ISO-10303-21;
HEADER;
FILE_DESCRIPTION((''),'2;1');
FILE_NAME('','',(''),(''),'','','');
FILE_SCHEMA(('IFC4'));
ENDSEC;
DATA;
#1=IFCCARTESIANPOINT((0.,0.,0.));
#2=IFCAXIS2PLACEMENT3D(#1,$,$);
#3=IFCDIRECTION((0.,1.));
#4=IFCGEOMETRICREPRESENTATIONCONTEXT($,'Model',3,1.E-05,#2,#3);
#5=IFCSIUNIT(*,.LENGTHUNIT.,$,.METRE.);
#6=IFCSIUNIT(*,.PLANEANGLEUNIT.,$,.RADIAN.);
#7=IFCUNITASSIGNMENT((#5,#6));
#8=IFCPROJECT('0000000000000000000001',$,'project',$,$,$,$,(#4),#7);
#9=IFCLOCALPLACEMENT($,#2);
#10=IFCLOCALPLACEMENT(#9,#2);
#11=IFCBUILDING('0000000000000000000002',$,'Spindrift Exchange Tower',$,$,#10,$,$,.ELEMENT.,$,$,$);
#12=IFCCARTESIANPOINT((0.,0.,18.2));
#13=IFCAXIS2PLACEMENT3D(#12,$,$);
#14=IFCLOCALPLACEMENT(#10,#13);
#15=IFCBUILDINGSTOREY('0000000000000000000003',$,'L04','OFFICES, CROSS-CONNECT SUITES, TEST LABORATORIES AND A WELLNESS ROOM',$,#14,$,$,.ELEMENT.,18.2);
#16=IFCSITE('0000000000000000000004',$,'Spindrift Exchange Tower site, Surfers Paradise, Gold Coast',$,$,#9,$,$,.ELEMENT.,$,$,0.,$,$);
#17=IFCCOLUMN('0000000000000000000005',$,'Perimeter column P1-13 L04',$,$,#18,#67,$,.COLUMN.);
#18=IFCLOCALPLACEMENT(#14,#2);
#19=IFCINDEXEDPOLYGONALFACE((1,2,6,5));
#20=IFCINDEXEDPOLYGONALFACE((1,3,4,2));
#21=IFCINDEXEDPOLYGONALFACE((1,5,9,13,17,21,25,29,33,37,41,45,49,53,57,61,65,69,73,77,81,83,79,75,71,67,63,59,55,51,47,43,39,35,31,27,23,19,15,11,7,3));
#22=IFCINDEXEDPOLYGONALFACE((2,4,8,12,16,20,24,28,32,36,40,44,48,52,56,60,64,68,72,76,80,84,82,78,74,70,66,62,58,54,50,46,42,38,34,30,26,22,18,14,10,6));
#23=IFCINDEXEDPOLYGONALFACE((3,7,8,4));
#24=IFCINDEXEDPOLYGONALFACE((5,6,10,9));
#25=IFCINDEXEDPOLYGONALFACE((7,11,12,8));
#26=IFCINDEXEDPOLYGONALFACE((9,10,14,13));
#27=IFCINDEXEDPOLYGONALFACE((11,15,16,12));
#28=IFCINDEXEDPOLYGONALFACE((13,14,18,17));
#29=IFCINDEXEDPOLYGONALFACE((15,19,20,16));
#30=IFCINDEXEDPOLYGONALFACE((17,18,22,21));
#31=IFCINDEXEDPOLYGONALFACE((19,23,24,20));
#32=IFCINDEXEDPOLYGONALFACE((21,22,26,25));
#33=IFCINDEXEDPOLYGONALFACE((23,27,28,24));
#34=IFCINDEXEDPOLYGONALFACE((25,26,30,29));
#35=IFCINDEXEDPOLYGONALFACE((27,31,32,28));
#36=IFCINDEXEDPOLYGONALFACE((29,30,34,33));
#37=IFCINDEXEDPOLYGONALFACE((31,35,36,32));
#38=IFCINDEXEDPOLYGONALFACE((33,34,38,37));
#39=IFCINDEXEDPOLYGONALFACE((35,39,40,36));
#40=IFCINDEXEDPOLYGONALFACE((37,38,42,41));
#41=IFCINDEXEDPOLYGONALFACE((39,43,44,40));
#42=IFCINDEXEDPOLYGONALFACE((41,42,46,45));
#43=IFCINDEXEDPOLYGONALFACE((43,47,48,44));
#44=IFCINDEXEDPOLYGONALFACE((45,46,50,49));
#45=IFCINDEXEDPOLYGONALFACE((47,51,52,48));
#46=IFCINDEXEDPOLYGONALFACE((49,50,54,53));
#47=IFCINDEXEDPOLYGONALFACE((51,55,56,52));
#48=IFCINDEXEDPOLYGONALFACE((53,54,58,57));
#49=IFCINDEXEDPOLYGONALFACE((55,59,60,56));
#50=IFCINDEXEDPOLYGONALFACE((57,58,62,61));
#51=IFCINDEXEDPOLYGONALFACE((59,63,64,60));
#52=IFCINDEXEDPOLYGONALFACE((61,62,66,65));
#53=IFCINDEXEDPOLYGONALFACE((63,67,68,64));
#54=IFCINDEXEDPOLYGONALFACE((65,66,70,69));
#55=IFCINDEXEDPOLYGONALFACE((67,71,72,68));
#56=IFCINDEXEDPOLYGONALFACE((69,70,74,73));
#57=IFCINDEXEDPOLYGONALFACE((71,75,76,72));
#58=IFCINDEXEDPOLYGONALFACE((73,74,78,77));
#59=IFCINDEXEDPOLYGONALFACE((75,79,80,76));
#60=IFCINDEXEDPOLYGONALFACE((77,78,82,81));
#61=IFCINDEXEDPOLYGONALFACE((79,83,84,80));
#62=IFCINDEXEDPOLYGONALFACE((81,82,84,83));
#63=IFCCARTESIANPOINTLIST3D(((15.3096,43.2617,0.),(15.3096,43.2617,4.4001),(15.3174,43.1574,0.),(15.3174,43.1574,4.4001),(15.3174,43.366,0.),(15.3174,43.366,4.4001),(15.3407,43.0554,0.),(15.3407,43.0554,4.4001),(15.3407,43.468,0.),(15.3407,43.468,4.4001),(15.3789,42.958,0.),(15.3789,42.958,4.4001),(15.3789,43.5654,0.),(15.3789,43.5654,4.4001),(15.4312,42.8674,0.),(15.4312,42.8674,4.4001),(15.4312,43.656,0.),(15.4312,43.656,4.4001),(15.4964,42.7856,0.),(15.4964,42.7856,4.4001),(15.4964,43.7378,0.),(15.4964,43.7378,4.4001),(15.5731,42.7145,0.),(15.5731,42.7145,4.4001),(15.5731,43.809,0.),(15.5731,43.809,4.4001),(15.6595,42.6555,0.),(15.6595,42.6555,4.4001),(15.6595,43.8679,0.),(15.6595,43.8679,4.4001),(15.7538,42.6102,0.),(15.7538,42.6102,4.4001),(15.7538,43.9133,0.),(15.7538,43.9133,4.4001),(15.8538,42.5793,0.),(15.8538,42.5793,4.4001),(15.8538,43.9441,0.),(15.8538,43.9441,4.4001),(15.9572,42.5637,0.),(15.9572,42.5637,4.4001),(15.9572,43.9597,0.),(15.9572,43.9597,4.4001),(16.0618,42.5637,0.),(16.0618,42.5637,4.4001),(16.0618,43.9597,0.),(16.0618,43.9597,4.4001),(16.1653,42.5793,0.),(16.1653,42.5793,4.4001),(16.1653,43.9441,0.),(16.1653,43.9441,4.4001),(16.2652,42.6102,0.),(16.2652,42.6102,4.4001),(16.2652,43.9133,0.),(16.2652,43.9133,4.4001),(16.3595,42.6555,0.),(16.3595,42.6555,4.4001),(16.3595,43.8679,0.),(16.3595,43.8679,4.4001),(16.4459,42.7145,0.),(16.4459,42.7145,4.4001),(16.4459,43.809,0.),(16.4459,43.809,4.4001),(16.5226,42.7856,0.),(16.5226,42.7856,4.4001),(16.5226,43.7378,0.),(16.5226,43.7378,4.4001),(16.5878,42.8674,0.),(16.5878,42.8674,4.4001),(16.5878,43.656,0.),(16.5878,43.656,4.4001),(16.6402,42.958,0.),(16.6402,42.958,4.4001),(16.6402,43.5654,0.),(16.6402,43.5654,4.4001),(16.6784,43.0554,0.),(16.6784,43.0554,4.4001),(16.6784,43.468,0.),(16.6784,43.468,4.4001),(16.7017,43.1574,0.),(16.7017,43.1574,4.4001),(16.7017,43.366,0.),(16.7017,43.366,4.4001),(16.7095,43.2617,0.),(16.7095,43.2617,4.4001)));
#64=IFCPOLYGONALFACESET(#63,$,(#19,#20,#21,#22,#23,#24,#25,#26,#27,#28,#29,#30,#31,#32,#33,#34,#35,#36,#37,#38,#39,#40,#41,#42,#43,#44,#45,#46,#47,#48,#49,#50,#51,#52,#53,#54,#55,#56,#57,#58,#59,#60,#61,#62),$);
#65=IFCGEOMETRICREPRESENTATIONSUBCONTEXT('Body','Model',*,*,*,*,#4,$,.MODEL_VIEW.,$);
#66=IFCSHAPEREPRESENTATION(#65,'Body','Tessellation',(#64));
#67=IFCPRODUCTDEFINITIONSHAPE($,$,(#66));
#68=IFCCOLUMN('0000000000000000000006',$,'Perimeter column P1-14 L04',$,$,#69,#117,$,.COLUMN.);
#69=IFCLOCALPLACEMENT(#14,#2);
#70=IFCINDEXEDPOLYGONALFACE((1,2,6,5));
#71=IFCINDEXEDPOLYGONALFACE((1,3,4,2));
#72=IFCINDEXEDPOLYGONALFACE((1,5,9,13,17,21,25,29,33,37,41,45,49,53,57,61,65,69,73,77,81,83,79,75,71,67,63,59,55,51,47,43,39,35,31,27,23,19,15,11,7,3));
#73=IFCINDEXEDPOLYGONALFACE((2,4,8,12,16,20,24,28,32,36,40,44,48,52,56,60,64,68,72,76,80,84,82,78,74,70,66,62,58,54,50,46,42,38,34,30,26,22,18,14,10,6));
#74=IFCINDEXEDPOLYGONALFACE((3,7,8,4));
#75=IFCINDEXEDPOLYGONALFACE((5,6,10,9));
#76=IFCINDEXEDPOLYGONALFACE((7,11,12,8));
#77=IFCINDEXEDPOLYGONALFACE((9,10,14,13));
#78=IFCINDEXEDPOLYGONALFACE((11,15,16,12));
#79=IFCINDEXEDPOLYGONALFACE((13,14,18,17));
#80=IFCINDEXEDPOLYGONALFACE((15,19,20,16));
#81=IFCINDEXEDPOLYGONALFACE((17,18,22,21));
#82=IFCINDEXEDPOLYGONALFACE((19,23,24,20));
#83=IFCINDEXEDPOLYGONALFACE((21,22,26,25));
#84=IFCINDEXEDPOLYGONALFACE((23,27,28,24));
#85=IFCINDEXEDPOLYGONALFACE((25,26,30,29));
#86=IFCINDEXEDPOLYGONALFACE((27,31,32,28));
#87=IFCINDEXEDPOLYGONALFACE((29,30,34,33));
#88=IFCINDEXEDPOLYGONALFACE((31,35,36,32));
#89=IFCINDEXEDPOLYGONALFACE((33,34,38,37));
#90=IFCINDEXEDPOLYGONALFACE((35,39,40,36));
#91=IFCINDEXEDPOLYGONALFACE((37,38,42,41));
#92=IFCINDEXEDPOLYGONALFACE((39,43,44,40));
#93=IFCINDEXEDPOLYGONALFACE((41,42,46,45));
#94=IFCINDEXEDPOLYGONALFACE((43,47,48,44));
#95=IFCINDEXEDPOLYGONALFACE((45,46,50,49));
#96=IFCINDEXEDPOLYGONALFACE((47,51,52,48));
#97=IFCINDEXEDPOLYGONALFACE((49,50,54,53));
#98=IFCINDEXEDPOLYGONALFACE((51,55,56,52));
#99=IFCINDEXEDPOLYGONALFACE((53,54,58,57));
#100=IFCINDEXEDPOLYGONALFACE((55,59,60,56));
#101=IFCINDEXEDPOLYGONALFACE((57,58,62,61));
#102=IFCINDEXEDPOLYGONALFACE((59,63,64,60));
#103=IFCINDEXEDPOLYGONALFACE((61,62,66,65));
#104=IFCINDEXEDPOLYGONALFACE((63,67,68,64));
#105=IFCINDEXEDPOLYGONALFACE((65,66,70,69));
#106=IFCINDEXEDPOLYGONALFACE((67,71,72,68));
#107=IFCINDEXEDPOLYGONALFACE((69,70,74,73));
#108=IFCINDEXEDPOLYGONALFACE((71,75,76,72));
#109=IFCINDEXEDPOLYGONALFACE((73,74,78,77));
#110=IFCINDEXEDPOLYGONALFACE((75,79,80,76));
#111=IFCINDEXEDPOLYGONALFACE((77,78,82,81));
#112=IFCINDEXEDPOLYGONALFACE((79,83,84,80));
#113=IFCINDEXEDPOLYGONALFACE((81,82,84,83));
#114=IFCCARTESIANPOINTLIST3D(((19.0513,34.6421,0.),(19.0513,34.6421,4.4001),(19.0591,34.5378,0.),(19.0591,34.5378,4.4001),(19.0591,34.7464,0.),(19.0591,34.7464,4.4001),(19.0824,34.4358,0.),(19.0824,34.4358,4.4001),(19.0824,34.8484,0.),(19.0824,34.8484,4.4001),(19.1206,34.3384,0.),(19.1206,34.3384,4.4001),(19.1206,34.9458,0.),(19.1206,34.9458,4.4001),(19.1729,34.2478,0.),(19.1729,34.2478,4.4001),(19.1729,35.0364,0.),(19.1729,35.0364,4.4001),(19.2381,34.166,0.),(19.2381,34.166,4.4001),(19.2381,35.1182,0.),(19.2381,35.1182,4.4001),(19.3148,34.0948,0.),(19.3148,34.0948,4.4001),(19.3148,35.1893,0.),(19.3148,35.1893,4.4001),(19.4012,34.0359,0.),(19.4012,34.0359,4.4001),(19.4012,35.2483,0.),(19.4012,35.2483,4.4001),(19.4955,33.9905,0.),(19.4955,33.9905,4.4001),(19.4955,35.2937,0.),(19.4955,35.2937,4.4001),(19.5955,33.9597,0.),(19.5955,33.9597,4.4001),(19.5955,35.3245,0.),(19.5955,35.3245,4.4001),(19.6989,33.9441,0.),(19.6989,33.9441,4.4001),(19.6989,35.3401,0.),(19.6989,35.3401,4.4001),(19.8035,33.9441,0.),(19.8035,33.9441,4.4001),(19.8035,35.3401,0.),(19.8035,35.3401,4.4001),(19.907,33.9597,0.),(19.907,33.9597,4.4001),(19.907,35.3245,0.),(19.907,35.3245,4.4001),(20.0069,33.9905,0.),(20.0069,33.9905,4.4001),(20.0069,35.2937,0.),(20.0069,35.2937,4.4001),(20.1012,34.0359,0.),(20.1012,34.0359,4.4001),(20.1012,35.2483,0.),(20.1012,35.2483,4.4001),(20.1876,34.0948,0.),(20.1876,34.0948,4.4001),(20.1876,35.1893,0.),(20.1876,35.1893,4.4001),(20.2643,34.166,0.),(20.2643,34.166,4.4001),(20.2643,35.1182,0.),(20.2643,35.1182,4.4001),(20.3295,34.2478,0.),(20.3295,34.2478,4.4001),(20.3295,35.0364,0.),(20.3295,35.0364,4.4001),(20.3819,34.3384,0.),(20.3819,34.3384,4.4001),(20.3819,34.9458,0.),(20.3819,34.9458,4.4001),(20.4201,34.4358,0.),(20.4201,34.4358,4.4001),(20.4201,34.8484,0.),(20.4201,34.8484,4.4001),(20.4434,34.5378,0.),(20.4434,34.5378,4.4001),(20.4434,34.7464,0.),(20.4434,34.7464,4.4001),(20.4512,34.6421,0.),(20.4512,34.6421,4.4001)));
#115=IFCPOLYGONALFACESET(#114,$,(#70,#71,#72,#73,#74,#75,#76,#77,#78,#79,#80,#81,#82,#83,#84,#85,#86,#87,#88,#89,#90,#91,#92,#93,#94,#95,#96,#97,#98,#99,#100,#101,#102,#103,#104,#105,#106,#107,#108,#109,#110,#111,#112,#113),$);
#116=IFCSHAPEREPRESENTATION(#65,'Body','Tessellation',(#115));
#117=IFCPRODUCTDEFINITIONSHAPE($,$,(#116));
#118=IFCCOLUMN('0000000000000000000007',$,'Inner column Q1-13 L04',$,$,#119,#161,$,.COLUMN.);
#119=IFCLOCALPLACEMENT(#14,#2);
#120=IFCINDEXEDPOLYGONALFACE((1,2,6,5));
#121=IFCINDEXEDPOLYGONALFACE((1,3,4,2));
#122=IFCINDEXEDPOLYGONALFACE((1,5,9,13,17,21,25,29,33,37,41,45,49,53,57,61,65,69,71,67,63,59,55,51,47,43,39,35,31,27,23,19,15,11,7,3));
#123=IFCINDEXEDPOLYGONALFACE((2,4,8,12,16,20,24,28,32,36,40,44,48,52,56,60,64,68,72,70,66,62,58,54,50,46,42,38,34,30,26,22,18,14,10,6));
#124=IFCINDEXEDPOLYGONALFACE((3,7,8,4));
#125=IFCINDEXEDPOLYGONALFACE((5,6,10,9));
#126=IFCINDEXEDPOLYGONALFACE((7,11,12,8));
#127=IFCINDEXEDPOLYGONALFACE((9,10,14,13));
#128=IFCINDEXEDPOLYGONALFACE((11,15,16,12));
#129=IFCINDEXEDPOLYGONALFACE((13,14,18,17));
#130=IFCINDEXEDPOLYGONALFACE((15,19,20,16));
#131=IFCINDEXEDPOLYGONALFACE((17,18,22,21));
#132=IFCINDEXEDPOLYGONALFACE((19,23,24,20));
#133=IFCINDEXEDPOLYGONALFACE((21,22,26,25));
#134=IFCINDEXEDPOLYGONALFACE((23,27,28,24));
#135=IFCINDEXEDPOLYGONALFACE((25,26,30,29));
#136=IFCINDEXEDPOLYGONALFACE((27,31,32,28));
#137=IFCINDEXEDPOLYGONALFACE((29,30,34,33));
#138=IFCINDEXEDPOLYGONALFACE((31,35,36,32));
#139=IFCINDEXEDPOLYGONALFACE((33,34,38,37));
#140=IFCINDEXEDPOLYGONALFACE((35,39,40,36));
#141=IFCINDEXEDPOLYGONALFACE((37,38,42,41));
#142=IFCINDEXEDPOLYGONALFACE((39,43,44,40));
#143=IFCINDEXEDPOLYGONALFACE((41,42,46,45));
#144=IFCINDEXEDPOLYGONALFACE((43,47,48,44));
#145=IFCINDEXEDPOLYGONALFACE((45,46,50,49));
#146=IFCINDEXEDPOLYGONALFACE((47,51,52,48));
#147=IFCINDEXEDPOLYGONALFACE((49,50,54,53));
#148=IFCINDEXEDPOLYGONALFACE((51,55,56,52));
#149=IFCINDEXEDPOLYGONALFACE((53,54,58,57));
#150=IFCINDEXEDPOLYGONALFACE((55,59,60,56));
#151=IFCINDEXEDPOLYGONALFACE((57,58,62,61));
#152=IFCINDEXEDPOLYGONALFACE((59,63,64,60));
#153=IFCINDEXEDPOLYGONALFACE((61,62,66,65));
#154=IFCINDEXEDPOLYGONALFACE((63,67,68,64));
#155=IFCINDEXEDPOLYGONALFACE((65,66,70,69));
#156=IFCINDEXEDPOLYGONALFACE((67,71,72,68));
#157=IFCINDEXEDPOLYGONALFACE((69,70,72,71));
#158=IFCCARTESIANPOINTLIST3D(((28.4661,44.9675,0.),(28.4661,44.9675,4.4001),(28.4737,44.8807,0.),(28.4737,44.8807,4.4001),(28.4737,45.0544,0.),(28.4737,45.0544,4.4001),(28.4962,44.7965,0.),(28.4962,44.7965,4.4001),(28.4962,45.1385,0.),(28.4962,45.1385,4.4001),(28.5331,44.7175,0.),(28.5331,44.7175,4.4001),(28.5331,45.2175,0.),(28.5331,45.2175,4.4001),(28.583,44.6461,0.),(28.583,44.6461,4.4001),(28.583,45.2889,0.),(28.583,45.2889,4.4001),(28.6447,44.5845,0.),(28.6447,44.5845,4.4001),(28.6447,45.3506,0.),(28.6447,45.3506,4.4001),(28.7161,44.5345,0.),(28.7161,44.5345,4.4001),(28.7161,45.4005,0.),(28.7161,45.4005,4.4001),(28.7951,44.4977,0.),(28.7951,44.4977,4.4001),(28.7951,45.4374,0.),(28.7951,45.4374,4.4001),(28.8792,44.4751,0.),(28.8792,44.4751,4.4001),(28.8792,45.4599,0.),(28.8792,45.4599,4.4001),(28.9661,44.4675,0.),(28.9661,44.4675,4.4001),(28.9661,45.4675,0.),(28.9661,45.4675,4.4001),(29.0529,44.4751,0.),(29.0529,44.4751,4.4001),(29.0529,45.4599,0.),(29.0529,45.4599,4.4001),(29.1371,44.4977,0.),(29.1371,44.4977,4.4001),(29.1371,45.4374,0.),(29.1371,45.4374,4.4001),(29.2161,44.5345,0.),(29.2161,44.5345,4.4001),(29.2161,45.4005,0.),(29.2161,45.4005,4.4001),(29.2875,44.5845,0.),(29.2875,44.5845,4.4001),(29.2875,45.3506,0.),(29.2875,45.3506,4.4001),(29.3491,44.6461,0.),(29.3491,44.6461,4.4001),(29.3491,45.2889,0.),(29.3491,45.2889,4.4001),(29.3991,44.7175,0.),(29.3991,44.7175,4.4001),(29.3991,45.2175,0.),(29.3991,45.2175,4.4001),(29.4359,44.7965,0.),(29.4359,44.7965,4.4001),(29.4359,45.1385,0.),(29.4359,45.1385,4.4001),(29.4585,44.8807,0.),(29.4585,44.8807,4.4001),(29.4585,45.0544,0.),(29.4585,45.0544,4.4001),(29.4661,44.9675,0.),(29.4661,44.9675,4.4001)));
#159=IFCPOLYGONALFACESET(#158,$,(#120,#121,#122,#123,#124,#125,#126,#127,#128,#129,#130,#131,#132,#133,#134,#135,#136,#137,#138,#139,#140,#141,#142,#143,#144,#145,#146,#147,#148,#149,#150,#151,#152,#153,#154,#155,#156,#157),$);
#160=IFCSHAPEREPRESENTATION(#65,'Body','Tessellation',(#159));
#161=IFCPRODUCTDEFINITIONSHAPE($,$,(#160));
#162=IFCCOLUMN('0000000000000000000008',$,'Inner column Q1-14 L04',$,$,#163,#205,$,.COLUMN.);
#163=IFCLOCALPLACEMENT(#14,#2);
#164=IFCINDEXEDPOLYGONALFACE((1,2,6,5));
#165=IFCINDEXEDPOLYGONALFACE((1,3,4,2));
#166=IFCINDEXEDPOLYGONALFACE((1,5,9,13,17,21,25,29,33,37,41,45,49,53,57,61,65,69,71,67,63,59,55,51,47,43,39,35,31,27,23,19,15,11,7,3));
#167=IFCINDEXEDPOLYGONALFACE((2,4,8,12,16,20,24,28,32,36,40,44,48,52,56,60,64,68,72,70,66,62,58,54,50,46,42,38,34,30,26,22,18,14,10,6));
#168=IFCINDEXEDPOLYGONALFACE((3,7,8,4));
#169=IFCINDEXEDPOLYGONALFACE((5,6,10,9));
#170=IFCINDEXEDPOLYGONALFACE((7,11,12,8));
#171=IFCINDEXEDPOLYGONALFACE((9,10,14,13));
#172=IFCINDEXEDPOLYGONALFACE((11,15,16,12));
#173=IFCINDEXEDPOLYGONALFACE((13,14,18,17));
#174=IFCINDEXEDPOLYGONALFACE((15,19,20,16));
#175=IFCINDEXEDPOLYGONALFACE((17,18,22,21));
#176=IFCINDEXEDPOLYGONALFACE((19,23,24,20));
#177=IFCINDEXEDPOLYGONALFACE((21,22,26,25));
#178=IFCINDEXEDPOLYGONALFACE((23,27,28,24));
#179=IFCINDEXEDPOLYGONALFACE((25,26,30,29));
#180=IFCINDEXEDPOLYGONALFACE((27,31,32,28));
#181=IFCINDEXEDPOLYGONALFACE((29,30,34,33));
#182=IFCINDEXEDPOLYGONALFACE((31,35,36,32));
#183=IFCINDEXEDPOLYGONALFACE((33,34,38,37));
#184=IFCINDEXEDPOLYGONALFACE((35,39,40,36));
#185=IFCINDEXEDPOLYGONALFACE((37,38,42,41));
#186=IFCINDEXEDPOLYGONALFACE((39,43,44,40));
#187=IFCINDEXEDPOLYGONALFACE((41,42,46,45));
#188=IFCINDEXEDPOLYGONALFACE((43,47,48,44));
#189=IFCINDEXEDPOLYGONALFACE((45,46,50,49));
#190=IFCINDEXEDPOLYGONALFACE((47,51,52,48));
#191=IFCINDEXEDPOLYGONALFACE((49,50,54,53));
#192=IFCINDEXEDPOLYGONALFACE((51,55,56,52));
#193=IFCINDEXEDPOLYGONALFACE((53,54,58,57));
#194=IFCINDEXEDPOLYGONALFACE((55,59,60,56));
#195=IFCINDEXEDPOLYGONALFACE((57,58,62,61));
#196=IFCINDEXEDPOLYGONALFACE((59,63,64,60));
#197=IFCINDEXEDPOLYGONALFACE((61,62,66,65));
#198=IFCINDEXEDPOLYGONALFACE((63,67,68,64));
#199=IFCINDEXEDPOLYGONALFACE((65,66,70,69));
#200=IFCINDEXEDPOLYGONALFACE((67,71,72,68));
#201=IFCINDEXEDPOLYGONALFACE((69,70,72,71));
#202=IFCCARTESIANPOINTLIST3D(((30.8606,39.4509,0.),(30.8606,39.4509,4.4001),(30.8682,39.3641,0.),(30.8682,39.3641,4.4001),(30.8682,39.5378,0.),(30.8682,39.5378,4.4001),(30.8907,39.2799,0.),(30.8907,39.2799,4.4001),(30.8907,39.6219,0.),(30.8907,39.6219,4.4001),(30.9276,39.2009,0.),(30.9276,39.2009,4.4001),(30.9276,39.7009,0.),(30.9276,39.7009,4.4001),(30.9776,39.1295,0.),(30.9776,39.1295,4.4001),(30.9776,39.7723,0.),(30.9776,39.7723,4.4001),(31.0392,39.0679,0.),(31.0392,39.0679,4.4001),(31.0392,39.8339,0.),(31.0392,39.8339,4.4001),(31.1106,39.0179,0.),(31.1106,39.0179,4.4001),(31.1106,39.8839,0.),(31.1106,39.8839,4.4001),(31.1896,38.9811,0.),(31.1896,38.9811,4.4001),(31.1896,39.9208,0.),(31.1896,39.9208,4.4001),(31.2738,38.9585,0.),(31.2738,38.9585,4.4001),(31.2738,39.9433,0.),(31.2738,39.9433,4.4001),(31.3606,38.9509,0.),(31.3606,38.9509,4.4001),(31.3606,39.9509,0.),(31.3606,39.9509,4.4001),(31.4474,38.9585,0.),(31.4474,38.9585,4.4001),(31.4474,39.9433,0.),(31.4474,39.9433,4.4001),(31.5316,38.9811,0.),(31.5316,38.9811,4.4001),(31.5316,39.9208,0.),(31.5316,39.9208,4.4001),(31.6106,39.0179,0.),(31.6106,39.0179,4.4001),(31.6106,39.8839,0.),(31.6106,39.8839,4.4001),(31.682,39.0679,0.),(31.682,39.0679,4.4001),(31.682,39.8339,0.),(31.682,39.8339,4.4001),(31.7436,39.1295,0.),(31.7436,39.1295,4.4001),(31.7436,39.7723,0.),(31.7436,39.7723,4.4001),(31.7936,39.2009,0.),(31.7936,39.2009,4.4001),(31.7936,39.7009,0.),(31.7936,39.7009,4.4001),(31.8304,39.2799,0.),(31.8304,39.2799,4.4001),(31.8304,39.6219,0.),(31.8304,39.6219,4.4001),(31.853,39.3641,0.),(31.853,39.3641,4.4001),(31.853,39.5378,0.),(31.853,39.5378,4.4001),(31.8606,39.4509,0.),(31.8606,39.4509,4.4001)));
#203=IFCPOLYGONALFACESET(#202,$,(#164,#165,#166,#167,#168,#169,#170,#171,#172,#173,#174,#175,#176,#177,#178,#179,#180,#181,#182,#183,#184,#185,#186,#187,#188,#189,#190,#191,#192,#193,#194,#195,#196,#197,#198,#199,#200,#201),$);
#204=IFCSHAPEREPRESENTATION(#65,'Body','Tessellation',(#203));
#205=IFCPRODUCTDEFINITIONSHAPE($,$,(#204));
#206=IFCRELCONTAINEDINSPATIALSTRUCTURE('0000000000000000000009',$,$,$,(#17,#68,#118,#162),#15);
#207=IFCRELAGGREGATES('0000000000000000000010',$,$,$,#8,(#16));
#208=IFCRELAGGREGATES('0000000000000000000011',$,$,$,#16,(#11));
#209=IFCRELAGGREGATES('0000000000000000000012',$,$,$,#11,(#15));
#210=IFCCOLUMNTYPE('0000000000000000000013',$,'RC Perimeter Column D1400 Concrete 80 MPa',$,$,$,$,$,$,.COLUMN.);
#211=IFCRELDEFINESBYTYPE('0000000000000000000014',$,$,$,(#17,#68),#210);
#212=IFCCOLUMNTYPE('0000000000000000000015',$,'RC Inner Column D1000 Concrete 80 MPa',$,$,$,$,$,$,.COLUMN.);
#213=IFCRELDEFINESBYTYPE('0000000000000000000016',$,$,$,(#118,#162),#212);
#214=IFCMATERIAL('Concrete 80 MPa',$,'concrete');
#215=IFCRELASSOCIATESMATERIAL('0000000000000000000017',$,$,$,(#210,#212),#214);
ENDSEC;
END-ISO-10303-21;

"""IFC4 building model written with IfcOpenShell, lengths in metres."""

from ifc_helpers import new_model, si_unit, direction, frame, origin, origin_2d, place, context, subcontext, project, spatial, circle, extrude, source, transform, mapped, material, material_profile, profile_set, type_object, element, save


model = new_model("IFC4")

# Units and contexts
model_context = context("Model", 3, precision=1e-05, world=origin(), true_north=direction((0.0, 1.0)))
body_context = subcontext(model_context, "Body", "Model", "MODEL_VIEW")
ifc_project = project(units=[si_unit("LENGTHUNIT", "METRE"), si_unit("PLANEANGLEUNIT", "RADIAN")], contexts=[model_context])

# Site, building, storey
site_placement = place(None, origin())
site = spatial("IfcSite", under=ifc_project, at=site_placement, Name="Spindrift Exchange Tower site, Surfers Paradise, Gold Coast", CompositionType="ELEMENT", RefElevation=0.0)
building_placement = place(site_placement, origin())
building = spatial("IfcBuilding", under=site, at=building_placement, Name="Spindrift Exchange Tower", CompositionType="ELEMENT")
storey_placement = place(building_placement, frame((0.0, 0.0, 18.2)))
storey = spatial("IfcBuildingStorey", under=building, at=storey_placement, Name="L04", Description="OFFICES, CROSS-CONNECT SUITES, TEST LABORATORIES AND A WELLNESS ROOM", CompositionType="ELEMENT", Elevation=18.2)

# Columns
ifc_material_1 = material(Name="Concrete 80 MPa", Category="concrete")
ifc_material_profile_1 = material_profile(ifc_material_1, circle(Radius=0.7, at=origin_2d()), Name="RC D1400")
ifc_profile_set_1 = profile_set([ifc_material_profile_1], Name="Concrete 80 MPa")
column_type_1 = type_object("IfcColumnType", Name="RC Perimeter Column D1400 Concrete 80 MPa", PredefinedType="COLUMN", material=ifc_profile_set_1)
shared_shape_1 = source(origin(), body_context, "Body", "SweptSolid", [
    extrude(circle(Radius=0.7, at=origin_2d()), origin(), (0.0, 0.0, 1.0), 4.4001),
])
for number, where, z_axis, x_axis, name in (
    (1, (16.0095, 43.2617, 0.0), (0.0, 0.0, 1.0), (1.0, 0.0, 0.0), "Perimeter column P1-13 L04"),
    (2, (19.7512, 34.6421, 0.0), (0.0, 0.0, 1.0), (1.0, 0.0, 0.0), "Perimeter column P1-14 L04"),
):
    element("IfcColumn", number, at=place(storey_placement, frame(where, z_axis=z_axis, x_axis=x_axis)), inside=storey, type_object=column_type_1, Name=name, PredefinedType="COLUMN", context=body_context, shape_type="MappedRepresentation", body=[
        mapped(shared_shape_1, transform((0.0, 0.0, 0.0), scale=1.0)),
    ])
ifc_material_profile_2 = material_profile(ifc_material_1, circle(Radius=0.5, at=origin_2d()), Name="RC D1000")
ifc_profile_set_2 = profile_set([ifc_material_profile_2], Name="Concrete 80 MPa")
column_type_2 = type_object("IfcColumnType", Name="RC Inner Column D1000 Concrete 80 MPa", PredefinedType="COLUMN", material=ifc_profile_set_2)
shared_shape_2 = source(origin(), body_context, "Body", "SweptSolid", [
    extrude(circle(Radius=0.5, at=origin_2d()), origin(), (0.0, 0.0, 1.0), 4.4001),
])
for number, where, z_axis, x_axis, name in (
    (3, (28.9661, 44.9675, 0.0), (0.0, 0.0, 1.0), (1.0, 0.0, 0.0), "Inner column Q1-13 L04"),
    (4, (31.3606, 39.4509, 0.0), (0.0, 0.0, 1.0), (1.0, 0.0, 0.0), "Inner column Q1-14 L04"),
):
    element("IfcColumn", number, at=place(storey_placement, frame(where, z_axis=z_axis, x_axis=x_axis)), inside=storey, type_object=column_type_2, Name=name, PredefinedType="COLUMN", context=body_context, shape_type="MappedRepresentation", body=[
        mapped(shared_shape_2, transform((0.0, 0.0, 0.0), scale=1.0)),
    ])

save(model, "model.ifc")
